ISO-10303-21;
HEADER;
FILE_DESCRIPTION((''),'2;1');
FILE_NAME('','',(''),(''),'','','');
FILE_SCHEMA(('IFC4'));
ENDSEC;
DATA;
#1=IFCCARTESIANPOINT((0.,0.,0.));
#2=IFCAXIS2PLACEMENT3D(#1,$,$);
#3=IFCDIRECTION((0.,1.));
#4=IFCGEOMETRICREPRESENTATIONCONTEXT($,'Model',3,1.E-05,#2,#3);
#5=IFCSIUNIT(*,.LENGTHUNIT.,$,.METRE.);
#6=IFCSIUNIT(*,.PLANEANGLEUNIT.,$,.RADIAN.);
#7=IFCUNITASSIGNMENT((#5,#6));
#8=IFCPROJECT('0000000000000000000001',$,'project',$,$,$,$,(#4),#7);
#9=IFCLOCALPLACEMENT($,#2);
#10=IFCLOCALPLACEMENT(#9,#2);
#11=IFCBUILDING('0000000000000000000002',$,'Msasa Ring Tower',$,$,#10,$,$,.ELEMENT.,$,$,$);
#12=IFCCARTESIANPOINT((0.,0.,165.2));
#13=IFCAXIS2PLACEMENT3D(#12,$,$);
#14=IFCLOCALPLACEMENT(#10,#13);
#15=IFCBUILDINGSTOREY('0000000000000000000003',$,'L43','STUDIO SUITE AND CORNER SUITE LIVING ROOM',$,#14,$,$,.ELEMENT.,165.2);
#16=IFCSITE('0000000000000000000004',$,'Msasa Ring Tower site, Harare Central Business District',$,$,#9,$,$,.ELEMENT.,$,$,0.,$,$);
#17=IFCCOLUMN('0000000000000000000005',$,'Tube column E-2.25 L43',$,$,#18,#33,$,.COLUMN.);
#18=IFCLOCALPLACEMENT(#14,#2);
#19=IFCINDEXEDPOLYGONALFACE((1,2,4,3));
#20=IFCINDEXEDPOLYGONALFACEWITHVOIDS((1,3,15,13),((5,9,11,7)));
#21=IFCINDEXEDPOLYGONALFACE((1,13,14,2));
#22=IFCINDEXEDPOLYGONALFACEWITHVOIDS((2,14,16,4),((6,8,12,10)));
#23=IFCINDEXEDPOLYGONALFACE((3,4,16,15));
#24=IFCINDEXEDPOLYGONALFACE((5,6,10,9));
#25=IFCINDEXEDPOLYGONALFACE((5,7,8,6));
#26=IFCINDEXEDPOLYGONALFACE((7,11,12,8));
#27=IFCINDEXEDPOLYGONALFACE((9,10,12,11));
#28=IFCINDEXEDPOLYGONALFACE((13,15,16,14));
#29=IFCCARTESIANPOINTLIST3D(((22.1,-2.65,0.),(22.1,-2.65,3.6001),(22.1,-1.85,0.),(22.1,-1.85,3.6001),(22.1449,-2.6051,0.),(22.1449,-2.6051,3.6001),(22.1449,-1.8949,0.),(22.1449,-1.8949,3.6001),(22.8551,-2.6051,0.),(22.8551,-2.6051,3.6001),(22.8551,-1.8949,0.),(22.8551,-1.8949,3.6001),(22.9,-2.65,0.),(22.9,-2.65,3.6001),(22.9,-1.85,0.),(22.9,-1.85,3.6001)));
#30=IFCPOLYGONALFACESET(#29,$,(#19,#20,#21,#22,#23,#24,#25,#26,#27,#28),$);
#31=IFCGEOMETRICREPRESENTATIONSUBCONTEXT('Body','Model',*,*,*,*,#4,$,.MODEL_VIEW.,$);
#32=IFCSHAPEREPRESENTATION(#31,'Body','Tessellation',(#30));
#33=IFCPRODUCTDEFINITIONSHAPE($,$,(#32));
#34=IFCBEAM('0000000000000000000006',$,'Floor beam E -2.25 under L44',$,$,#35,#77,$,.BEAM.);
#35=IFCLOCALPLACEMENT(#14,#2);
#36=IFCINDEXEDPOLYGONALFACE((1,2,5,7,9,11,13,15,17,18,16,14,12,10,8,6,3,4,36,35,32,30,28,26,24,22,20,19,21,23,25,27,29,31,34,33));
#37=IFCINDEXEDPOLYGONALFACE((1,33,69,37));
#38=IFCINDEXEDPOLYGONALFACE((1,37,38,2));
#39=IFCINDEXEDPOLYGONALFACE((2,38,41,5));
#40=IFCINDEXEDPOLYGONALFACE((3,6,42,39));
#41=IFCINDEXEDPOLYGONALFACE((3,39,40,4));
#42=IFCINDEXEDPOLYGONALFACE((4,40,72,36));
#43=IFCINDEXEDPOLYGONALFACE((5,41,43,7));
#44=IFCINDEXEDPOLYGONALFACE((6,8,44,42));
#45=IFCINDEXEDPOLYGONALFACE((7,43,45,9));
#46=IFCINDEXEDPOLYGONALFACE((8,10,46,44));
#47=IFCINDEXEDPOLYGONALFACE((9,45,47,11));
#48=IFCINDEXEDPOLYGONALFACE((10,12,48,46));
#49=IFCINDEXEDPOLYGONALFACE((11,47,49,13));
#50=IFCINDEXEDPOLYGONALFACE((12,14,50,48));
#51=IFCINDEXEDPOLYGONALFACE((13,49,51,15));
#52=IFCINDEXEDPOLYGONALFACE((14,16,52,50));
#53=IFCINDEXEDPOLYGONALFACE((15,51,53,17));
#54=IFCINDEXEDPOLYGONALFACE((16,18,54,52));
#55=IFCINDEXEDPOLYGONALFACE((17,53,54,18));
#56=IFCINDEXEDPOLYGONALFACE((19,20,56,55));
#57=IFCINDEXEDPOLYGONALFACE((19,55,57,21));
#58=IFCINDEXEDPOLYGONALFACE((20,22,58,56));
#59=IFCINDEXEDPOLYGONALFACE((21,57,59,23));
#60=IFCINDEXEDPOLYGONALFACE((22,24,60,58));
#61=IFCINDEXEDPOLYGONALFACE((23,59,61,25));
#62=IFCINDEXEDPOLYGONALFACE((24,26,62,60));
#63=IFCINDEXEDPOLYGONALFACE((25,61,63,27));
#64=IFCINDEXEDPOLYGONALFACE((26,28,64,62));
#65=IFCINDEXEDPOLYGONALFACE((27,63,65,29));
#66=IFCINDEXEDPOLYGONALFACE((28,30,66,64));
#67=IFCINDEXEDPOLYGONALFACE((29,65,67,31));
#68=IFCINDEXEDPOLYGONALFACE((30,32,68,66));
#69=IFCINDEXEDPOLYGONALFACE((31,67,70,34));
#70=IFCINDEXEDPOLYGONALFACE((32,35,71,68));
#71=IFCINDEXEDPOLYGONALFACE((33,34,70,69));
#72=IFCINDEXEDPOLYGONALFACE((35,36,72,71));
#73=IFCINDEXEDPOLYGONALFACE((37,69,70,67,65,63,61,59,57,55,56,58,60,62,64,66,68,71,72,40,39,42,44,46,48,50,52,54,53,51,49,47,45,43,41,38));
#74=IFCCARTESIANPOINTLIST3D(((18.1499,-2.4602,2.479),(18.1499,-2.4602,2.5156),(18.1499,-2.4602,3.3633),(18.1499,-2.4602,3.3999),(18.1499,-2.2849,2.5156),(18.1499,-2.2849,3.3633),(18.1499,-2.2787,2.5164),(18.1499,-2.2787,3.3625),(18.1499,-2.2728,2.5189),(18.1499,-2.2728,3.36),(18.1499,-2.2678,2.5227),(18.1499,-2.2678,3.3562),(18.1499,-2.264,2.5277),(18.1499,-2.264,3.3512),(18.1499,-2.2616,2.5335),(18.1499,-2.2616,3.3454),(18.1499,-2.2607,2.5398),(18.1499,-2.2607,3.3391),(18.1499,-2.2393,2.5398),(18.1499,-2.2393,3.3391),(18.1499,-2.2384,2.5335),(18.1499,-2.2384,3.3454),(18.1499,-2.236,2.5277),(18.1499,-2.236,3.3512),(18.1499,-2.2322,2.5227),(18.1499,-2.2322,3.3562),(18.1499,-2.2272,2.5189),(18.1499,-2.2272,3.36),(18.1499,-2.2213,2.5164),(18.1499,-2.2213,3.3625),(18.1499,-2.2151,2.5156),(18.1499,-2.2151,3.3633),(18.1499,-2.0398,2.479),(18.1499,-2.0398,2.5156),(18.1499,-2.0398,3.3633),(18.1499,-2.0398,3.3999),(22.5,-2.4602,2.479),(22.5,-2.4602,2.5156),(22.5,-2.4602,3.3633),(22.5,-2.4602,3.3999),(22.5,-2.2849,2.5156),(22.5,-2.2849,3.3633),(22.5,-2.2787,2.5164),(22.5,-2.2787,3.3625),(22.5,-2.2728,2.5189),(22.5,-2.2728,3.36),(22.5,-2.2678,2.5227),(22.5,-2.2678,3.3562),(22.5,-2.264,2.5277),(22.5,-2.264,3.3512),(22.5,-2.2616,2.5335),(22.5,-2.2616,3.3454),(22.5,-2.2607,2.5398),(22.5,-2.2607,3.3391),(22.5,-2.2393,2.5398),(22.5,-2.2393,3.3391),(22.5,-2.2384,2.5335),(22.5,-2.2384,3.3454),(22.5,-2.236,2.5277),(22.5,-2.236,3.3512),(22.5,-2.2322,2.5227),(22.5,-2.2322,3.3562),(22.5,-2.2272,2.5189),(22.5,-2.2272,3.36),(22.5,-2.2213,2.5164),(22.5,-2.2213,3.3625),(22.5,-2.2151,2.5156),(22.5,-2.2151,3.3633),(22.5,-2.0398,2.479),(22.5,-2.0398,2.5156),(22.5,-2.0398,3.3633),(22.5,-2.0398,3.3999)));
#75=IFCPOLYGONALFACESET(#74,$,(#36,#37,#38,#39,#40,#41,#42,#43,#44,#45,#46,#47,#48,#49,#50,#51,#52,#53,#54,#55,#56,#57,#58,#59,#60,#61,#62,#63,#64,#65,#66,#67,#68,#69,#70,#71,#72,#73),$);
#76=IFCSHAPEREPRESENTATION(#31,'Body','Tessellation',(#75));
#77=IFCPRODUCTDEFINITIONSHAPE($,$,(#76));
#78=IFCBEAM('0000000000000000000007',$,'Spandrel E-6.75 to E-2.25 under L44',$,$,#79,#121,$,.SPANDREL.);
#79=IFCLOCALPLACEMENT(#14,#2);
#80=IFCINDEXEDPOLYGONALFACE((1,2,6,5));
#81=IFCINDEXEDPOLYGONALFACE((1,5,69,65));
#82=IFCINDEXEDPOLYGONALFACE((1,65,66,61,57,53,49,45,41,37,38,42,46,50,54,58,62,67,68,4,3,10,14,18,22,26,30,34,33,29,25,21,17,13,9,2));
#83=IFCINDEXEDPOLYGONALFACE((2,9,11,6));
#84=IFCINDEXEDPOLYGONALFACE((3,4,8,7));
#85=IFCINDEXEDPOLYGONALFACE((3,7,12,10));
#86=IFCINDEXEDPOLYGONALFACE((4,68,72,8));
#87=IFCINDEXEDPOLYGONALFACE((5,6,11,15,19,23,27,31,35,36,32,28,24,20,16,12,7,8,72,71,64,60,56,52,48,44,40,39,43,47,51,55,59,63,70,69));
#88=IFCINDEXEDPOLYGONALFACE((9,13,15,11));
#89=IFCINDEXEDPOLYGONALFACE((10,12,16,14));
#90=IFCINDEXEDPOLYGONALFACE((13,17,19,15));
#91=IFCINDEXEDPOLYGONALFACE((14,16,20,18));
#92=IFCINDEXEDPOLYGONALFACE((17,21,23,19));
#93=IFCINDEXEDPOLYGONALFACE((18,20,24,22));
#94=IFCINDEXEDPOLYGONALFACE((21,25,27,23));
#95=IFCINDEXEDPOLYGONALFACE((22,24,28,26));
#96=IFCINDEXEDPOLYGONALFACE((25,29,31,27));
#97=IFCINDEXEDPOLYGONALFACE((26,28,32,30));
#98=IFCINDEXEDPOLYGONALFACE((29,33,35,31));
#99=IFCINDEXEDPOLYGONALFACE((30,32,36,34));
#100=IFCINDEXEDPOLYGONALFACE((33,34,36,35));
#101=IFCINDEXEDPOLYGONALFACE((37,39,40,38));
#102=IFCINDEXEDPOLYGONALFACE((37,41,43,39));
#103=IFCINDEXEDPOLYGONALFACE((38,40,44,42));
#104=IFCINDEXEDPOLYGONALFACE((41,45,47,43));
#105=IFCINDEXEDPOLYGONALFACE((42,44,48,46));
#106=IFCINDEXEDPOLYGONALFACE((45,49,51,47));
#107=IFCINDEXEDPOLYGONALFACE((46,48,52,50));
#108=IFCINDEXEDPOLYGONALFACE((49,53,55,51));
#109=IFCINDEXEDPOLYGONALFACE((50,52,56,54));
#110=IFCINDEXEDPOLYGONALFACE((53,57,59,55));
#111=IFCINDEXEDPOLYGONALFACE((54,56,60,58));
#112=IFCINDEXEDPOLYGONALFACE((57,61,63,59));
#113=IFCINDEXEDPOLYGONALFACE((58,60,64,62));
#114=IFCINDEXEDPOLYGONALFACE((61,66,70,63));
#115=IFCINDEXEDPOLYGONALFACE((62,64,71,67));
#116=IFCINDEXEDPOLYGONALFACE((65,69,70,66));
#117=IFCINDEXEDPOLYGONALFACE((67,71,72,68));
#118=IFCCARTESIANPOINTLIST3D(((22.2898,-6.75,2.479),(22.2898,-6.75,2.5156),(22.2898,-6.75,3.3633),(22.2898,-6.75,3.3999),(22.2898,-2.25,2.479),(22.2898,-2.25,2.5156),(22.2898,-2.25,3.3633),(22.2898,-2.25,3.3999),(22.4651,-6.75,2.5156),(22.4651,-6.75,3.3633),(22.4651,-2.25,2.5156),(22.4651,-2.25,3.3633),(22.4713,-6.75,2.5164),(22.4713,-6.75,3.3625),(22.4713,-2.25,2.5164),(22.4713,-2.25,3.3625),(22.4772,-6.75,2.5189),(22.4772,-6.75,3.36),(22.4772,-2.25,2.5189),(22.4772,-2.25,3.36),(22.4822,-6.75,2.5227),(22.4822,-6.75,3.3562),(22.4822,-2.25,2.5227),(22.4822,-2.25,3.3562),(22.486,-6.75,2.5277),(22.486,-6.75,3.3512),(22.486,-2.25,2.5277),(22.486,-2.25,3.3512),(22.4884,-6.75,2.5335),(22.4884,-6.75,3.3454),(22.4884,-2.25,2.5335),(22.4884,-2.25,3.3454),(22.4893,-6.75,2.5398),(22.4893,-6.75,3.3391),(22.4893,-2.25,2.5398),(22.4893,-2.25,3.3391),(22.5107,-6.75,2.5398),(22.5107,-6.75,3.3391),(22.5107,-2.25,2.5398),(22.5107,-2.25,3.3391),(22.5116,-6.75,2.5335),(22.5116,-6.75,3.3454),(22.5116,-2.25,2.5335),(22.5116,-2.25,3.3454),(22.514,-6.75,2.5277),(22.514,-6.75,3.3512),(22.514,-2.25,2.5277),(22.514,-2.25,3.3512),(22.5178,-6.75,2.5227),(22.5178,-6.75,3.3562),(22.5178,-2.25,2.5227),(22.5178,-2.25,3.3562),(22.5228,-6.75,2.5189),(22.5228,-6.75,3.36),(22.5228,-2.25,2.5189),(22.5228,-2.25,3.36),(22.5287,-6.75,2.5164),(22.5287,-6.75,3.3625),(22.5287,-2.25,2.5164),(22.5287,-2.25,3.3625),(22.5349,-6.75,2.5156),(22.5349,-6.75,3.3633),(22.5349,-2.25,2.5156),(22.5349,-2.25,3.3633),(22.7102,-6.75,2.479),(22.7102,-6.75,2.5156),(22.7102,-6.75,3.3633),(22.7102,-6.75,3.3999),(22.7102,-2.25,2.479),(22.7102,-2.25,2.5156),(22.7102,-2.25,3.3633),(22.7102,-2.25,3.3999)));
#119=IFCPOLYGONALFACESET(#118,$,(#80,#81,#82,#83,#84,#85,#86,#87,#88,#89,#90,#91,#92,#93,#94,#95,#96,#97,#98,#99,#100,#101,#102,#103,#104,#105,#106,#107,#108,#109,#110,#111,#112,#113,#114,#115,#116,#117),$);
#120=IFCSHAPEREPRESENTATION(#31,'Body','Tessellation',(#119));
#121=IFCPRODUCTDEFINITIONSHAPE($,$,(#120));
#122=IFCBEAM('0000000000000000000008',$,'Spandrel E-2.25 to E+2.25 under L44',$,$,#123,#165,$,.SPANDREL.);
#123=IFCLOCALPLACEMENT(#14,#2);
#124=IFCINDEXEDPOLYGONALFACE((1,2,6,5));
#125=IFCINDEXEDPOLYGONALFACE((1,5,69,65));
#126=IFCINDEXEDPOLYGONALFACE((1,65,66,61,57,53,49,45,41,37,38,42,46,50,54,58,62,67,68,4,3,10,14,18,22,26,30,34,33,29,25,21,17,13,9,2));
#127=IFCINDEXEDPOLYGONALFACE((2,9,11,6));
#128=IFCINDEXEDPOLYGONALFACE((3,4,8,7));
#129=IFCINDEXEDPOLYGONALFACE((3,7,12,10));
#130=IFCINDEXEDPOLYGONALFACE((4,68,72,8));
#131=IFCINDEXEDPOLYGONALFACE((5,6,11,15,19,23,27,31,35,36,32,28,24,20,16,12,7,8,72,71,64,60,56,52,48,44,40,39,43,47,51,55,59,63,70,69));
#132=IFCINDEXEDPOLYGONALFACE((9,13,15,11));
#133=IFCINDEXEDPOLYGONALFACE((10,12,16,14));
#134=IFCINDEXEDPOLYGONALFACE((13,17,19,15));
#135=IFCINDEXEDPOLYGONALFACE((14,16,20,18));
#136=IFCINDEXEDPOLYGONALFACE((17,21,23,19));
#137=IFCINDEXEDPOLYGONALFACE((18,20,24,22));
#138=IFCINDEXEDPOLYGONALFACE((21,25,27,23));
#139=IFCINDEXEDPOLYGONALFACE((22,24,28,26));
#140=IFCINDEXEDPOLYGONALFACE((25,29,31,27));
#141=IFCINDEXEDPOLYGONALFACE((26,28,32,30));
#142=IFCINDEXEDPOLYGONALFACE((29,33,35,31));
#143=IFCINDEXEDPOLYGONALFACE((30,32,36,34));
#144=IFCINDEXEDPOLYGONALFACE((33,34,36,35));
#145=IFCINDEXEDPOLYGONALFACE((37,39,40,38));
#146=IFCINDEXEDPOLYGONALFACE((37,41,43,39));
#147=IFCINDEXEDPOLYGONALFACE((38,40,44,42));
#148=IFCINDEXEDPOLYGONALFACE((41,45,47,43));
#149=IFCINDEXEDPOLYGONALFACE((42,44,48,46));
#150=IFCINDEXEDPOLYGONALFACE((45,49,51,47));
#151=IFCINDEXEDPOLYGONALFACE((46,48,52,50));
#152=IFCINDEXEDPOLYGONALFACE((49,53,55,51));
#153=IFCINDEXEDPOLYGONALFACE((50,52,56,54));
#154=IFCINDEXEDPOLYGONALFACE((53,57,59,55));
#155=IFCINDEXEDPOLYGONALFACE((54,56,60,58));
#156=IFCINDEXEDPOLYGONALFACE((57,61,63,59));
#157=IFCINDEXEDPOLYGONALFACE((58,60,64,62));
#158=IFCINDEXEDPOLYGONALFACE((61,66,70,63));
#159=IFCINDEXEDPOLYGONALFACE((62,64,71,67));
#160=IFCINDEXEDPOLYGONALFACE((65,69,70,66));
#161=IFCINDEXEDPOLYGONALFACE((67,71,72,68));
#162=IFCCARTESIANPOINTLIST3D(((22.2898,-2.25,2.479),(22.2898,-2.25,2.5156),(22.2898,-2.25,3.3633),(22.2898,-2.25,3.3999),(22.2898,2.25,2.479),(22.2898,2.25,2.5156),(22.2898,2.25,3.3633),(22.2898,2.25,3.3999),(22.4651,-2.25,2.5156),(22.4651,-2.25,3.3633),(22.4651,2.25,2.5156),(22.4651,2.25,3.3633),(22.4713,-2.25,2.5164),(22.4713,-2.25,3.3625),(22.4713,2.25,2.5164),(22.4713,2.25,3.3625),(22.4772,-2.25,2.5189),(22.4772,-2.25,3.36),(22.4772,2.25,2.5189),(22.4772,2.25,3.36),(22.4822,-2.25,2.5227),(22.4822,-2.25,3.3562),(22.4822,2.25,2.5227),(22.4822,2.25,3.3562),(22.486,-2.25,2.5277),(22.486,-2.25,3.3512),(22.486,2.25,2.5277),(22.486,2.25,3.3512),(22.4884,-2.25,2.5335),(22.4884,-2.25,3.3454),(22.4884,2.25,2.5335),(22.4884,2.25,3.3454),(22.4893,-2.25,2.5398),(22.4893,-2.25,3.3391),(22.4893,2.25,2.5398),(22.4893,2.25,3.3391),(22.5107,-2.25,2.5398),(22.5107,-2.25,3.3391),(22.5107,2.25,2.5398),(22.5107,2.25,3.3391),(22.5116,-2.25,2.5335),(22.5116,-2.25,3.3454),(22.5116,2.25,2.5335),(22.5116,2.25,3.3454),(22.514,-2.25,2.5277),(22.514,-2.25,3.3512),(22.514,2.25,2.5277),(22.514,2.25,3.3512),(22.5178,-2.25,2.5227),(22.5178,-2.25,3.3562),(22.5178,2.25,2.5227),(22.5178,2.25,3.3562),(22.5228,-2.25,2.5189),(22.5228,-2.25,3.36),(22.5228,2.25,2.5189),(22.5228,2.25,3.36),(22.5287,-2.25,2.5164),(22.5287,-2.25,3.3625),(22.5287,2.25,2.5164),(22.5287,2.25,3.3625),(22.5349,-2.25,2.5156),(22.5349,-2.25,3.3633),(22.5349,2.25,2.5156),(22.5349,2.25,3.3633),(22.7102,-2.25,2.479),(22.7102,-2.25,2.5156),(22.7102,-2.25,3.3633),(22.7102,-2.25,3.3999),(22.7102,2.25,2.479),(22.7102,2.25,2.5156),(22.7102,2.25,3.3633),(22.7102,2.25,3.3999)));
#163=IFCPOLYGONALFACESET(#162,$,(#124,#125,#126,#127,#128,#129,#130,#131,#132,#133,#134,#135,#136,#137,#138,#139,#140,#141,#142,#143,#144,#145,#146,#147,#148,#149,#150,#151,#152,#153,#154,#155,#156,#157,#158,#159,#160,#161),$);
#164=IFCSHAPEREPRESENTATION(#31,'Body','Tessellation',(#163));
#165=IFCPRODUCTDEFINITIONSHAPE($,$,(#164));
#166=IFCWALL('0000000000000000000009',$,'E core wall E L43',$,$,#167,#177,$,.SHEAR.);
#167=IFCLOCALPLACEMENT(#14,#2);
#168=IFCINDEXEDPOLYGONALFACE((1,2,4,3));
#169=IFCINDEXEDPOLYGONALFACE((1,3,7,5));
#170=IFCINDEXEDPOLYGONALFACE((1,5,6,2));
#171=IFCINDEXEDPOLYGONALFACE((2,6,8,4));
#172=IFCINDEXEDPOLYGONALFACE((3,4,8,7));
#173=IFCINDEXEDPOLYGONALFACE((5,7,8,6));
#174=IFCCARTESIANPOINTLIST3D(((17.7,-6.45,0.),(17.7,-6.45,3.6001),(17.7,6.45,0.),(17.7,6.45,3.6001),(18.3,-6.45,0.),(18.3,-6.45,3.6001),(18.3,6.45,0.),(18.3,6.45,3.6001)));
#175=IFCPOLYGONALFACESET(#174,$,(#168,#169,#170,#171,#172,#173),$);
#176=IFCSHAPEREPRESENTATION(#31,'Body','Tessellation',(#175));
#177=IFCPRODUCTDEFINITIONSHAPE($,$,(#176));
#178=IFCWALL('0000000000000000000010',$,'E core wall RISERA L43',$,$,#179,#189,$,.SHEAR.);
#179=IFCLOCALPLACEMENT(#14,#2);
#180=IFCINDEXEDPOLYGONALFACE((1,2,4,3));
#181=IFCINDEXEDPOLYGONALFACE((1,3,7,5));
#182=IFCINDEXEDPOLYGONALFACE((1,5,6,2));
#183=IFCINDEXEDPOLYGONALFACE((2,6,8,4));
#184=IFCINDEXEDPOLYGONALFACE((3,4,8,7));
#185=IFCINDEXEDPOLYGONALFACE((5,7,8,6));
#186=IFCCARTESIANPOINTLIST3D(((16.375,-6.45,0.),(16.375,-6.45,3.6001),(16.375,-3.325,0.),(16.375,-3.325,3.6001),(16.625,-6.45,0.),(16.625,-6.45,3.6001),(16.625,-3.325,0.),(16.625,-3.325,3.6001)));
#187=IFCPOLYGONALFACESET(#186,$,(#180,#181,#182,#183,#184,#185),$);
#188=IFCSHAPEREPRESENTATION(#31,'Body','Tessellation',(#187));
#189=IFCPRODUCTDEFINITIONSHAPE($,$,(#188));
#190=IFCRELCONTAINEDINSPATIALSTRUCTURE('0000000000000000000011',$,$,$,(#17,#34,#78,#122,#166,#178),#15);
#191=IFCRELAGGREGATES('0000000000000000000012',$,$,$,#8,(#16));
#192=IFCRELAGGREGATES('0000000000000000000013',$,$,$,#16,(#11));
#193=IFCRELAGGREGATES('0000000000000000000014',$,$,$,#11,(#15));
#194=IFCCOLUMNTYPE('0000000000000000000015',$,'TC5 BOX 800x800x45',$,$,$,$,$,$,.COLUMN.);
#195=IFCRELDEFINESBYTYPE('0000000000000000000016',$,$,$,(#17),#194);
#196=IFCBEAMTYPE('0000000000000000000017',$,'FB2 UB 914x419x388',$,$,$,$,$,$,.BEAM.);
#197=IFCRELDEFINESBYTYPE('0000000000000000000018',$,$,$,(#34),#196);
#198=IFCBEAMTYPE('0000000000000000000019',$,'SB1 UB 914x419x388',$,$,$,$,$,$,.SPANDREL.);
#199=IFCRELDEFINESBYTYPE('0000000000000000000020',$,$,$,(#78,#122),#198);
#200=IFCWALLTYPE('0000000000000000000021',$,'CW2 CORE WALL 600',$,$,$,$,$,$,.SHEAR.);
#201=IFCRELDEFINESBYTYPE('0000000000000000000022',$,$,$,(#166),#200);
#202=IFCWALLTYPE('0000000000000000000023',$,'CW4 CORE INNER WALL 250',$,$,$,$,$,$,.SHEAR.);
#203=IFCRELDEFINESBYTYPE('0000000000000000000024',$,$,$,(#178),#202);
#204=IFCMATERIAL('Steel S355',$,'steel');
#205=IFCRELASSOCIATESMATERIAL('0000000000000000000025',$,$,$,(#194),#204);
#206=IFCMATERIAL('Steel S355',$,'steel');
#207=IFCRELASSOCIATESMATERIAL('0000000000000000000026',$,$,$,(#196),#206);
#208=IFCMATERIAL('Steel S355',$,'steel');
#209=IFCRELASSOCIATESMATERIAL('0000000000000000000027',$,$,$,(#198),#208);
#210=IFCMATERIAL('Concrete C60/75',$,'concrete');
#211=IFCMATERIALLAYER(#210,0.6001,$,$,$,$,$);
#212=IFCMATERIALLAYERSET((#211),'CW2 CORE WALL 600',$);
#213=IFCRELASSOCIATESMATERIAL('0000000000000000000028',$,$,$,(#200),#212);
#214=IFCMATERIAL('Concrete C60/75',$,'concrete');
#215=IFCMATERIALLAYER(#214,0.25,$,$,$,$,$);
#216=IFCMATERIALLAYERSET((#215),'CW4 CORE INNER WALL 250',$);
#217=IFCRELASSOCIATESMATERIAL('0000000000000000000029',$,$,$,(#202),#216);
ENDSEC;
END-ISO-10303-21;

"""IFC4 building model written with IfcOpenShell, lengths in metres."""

from ifc_helpers import new_model, si_unit, direction, frame, frame_2d, origin, origin_2d, place, context, subcontext, project, spatial, rectangle, hollow_rectangle, i_section, extrude, material, layer, layer_set, material_profile, profile_set, type_object, element, save


model = new_model("IFC4")

# Units and contexts
model_context = context("Model", 3, precision=1e-05, world=origin(), true_north=direction((0.0, 1.0)))
body_context = subcontext(model_context, "Body", "Model", "MODEL_VIEW")
ifc_project = project(units=[si_unit("LENGTHUNIT", "METRE"), si_unit("PLANEANGLEUNIT", "RADIAN")], contexts=[model_context])

# Site, building, storey
site_placement = place(None, origin())
site = spatial("IfcSite", under=ifc_project, at=site_placement, Name="Msasa Ring Tower site, Harare Central Business District", CompositionType="ELEMENT", RefElevation=0.0)
building_placement = place(site_placement, origin())
building = spatial("IfcBuilding", under=site, at=building_placement, Name="Msasa Ring Tower", CompositionType="ELEMENT")
storey_placement = place(building_placement, frame((0.0, 0.0, 165.2)))
storey = spatial("IfcBuildingStorey", under=building, at=storey_placement, Name="L43", Description="STUDIO SUITE AND CORNER SUITE LIVING ROOM", CompositionType="ELEMENT", Elevation=165.2)

# Column
ifc_material_1 = material(Name="Steel S355", Category="steel")
ifc_material_profile_1 = material_profile(ifc_material_1, hollow_rectangle(XDim=0.8, YDim=0.8, WallThickness=0.0449, at=origin_2d()), Name="BOX 800x800x45")
ifc_profile_set_1 = profile_set([ifc_material_profile_1], Name="Steel S355")
column_type = type_object("IfcColumnType", Name="TC5 BOX 800x800x45", PredefinedType="COLUMN", material=ifc_profile_set_1)
column_placement = place(storey_placement, frame((22.5, -2.25, 0.0), z_axis=(0.0, 0.0, 1.0), x_axis=(1.0, 0.0, 0.0)))
element("IfcColumn", 1, at=column_placement, inside=storey, type_object=column_type, Name="Tube column E-2.25 L43", PredefinedType="COLUMN", context=body_context, shape_type="SweptSolid", body=[
    extrude(hollow_rectangle(XDim=0.8, YDim=0.8, WallThickness=0.0449, at=origin_2d()), origin(), (0.0, 0.0, 1.0), 3.6001),
])

# Beams
ifc_material_2 = material(Name="Steel S355", Category="steel")
ifc_material_profile_2 = material_profile(ifc_material_2, i_section(OverallWidth=0.4204, OverallDepth=0.9209, WebThickness=0.0215, FlangeThickness=0.0366, FilletRadius=0.0242, at=origin_2d()), Name="UB 914x419x388")
ifc_profile_set_2 = profile_set([ifc_material_profile_2], Name="Steel S355")
beam_type_1 = type_object("IfcBeamType", Name="FB2 UB 914x419x388", PredefinedType="BEAM", material=ifc_profile_set_2)
beam_placement = place(storey_placement, frame((22.5, -2.25, 2.9395), z_axis=(-1.0, 0.0, 0.0), x_axis=(0.0, -1.0, 0.0)))
element("IfcBeam", 2, at=beam_placement, inside=storey, type_object=beam_type_1, Name="Floor beam E -2.25 under L44", PredefinedType="BEAM", context=body_context, shape_type="SweptSolid", body=[
    extrude(i_section(OverallWidth=0.4204, OverallDepth=0.9209, WebThickness=0.0215, FlangeThickness=0.0366, FilletRadius=0.0242, at=origin_2d()), origin(), (0.0, 0.0, 1.0), 4.3501),
])
ifc_material_3 = material(Name="Steel S355", Category="steel")
ifc_material_profile_3 = material_profile(ifc_material_3, i_section(OverallWidth=0.4204, OverallDepth=0.9209, WebThickness=0.0215, FlangeThickness=0.0366, FilletRadius=0.0242, at=origin_2d()), Name="UB 914x419x388")
ifc_profile_set_3 = profile_set([ifc_material_profile_3], Name="Steel S355")
beam_type_2 = type_object("IfcBeamType", Name="SB1 UB 914x419x388", PredefinedType="SPANDREL", material=ifc_profile_set_3)
for number, where, z_axis, x_axis, name in (
    (3, (22.5, -6.75, 2.9395), (0.0, 1.0, 0.0), (-1.0, 0.0, 0.0), "Spandrel E-6.75 to E-2.25 under L44"),
    (4, (22.5, -2.25, 2.9395), (0.0, 1.0, 0.0), (-1.0, 0.0, 0.0), "Spandrel E-2.25 to E+2.25 under L44"),
):
    element("IfcBeam", number, at=place(storey_placement, frame(where, z_axis=z_axis, x_axis=x_axis)), inside=storey, type_object=beam_type_2, Name=name, PredefinedType="SPANDREL", context=body_context, shape_type="SweptSolid", body=[
        extrude(i_section(OverallWidth=0.4204, OverallDepth=0.9209, WebThickness=0.0215, FlangeThickness=0.0366, FilletRadius=0.0242, at=origin_2d()), origin(), (0.0, 0.0, 1.0), 4.5),
    ])

# Walls
ifc_material_4 = material(Name="Concrete C60/75", Category="concrete")
ifc_layer_1 = layer(ifc_material_4, 0.6001)
ifc_layer_set_1 = layer_set([ifc_layer_1], Name="CW2 CORE WALL 600")
wall_type_1 = type_object("IfcWallType", Name="CW2 CORE WALL 600", PredefinedType="SHEAR", material=ifc_layer_set_1)
wall_1_placement = place(storey_placement, frame((18.0, -6.45, 0.0), z_axis=(0.0, 0.0, 1.0), x_axis=(0.0, 1.0, 0.0)))
element("IfcWall", 5, at=wall_1_placement, inside=storey, type_object=wall_type_1, Name="E core wall E L43", PredefinedType="SHEAR", context=body_context, shape_type="SweptSolid", body=[
    extrude(rectangle(XDim=12.8999, YDim=0.6001, at=frame_2d((6.45, 0.0))), origin(), (0.0, 0.0, 1.0), 3.6001),
])
ifc_material_5 = material(Name="Concrete C60/75", Category="concrete")
ifc_layer_2 = layer(ifc_material_5, 0.25)
ifc_layer_set_2 = layer_set([ifc_layer_2], Name="CW4 CORE INNER WALL 250")
wall_type_2 = type_object("IfcWallType", Name="CW4 CORE INNER WALL 250", PredefinedType="SHEAR", material=ifc_layer_set_2)
wall_2_placement = place(storey_placement, frame((16.5, -6.45, 0.0), z_axis=(0.0, 0.0, 1.0), x_axis=(0.0, 1.0, 0.0)))
element("IfcWall", 6, at=wall_2_placement, inside=storey, type_object=wall_type_2, Name="E core wall RISERA L43", PredefinedType="SHEAR", context=body_context, shape_type="SweptSolid", body=[
    extrude(rectangle(XDim=3.125, YDim=0.25, at=frame_2d((1.5625, 0.0))), origin(), (0.0, 0.0, 1.0), 3.6001),
])

save(model, "model.ifc")
